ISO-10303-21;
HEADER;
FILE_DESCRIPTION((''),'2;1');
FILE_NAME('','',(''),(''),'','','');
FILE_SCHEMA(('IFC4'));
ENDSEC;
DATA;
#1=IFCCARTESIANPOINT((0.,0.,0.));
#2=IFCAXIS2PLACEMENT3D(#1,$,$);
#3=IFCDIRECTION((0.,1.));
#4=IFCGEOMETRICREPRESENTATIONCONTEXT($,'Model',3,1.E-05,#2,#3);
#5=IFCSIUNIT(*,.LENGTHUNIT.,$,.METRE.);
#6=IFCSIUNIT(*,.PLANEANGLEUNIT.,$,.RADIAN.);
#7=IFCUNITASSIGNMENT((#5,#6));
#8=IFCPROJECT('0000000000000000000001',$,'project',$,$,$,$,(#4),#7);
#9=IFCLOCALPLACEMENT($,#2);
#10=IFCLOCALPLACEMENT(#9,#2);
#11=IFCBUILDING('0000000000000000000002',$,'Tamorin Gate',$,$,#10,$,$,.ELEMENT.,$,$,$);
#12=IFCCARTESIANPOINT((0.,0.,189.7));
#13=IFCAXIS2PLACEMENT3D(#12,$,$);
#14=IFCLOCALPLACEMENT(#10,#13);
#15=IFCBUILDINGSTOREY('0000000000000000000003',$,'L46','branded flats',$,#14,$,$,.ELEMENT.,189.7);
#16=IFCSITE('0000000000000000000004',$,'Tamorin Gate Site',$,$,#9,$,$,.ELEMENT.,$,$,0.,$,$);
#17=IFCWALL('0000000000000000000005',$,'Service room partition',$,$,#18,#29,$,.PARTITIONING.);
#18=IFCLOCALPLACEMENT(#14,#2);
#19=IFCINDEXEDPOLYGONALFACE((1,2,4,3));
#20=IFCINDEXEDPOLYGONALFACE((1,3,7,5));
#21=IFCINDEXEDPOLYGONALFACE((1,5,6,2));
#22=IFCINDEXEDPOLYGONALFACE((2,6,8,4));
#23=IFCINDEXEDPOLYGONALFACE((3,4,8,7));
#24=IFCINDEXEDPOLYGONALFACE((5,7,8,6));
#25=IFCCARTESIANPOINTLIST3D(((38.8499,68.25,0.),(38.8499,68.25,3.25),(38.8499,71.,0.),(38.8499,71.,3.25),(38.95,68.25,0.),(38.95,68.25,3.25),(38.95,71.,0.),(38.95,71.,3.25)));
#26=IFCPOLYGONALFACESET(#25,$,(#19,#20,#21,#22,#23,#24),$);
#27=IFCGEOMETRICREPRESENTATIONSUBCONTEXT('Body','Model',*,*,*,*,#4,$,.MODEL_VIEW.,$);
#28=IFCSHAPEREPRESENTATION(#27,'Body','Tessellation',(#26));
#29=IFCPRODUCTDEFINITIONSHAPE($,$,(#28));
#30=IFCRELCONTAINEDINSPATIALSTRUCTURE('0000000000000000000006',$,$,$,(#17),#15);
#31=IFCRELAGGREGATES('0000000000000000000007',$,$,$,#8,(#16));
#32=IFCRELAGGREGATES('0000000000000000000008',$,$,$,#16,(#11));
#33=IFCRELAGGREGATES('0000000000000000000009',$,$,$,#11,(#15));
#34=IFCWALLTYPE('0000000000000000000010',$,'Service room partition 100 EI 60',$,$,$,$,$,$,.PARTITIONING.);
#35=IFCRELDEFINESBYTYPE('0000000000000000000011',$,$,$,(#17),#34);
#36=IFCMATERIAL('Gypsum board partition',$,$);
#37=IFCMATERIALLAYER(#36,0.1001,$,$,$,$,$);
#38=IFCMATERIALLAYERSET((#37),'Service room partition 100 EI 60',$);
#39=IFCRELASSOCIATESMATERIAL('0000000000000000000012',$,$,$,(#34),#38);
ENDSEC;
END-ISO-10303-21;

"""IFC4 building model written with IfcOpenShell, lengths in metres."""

from ifc_helpers import new_model, si_unit, direction, frame, frame_2d, origin, place, context, subcontext, project, spatial, rectangle, extrude, material, layer, layer_set, type_object, element, save


model = new_model("IFC4")

# Units and contexts
model_context = context("Model", 3, precision=1e-05, world=origin(), true_north=direction((0.0, 1.0)))
body_context = subcontext(model_context, "Body", "Model", "MODEL_VIEW")
ifc_project = project(units=[si_unit("LENGTHUNIT", "METRE"), si_unit("PLANEANGLEUNIT", "RADIAN")], contexts=[model_context])

# Site, building, storey
site_placement = place(None, origin())
site = spatial("IfcSite", under=ifc_project, at=site_placement, Name="Tamorin Gate Site", CompositionType="ELEMENT", RefElevation=0.0)
building_placement = place(site_placement, origin())
building = spatial("IfcBuilding", under=site, at=building_placement, Name="Tamorin Gate", CompositionType="ELEMENT")
storey_placement = place(building_placement, frame((0.0, 0.0, 189.7)))
storey = spatial("IfcBuildingStorey", under=building, at=storey_placement, Name="L46", Description="branded flats", CompositionType="ELEMENT", Elevation=189.7)

# Shared definitions
ifc_material_1 = material(Name="Gypsum board partition")

# Wall
ifc_layer_1 = layer(ifc_material_1, 0.1001)
ifc_layer_set_1 = layer_set([ifc_layer_1], Name="Service room partition 100 EI 60")
wall_type_1 = type_object("IfcWallType", Name="Service room partition 100 EI 60", PredefinedType="PARTITIONING", material=ifc_layer_set_1)
wall_1_placement = place(storey_placement, frame((38.8999, 68.25, 0.0), z_axis=(0.0, 0.0, 1.0), x_axis=(0.0, 1.0, 0.0)))
element("IfcWall", 1, at=wall_1_placement, inside=storey, type_object=wall_type_1, Name="Service room partition", PredefinedType="PARTITIONING", context=body_context, shape_type="SweptSolid", body=[
    extrude(rectangle(XDim=2.75, YDim=0.1001, at=frame_2d((1.375, 0.0))), origin(), (0.0, 0.0, 1.0), 3.25),
])

save(model, "model.ifc")
